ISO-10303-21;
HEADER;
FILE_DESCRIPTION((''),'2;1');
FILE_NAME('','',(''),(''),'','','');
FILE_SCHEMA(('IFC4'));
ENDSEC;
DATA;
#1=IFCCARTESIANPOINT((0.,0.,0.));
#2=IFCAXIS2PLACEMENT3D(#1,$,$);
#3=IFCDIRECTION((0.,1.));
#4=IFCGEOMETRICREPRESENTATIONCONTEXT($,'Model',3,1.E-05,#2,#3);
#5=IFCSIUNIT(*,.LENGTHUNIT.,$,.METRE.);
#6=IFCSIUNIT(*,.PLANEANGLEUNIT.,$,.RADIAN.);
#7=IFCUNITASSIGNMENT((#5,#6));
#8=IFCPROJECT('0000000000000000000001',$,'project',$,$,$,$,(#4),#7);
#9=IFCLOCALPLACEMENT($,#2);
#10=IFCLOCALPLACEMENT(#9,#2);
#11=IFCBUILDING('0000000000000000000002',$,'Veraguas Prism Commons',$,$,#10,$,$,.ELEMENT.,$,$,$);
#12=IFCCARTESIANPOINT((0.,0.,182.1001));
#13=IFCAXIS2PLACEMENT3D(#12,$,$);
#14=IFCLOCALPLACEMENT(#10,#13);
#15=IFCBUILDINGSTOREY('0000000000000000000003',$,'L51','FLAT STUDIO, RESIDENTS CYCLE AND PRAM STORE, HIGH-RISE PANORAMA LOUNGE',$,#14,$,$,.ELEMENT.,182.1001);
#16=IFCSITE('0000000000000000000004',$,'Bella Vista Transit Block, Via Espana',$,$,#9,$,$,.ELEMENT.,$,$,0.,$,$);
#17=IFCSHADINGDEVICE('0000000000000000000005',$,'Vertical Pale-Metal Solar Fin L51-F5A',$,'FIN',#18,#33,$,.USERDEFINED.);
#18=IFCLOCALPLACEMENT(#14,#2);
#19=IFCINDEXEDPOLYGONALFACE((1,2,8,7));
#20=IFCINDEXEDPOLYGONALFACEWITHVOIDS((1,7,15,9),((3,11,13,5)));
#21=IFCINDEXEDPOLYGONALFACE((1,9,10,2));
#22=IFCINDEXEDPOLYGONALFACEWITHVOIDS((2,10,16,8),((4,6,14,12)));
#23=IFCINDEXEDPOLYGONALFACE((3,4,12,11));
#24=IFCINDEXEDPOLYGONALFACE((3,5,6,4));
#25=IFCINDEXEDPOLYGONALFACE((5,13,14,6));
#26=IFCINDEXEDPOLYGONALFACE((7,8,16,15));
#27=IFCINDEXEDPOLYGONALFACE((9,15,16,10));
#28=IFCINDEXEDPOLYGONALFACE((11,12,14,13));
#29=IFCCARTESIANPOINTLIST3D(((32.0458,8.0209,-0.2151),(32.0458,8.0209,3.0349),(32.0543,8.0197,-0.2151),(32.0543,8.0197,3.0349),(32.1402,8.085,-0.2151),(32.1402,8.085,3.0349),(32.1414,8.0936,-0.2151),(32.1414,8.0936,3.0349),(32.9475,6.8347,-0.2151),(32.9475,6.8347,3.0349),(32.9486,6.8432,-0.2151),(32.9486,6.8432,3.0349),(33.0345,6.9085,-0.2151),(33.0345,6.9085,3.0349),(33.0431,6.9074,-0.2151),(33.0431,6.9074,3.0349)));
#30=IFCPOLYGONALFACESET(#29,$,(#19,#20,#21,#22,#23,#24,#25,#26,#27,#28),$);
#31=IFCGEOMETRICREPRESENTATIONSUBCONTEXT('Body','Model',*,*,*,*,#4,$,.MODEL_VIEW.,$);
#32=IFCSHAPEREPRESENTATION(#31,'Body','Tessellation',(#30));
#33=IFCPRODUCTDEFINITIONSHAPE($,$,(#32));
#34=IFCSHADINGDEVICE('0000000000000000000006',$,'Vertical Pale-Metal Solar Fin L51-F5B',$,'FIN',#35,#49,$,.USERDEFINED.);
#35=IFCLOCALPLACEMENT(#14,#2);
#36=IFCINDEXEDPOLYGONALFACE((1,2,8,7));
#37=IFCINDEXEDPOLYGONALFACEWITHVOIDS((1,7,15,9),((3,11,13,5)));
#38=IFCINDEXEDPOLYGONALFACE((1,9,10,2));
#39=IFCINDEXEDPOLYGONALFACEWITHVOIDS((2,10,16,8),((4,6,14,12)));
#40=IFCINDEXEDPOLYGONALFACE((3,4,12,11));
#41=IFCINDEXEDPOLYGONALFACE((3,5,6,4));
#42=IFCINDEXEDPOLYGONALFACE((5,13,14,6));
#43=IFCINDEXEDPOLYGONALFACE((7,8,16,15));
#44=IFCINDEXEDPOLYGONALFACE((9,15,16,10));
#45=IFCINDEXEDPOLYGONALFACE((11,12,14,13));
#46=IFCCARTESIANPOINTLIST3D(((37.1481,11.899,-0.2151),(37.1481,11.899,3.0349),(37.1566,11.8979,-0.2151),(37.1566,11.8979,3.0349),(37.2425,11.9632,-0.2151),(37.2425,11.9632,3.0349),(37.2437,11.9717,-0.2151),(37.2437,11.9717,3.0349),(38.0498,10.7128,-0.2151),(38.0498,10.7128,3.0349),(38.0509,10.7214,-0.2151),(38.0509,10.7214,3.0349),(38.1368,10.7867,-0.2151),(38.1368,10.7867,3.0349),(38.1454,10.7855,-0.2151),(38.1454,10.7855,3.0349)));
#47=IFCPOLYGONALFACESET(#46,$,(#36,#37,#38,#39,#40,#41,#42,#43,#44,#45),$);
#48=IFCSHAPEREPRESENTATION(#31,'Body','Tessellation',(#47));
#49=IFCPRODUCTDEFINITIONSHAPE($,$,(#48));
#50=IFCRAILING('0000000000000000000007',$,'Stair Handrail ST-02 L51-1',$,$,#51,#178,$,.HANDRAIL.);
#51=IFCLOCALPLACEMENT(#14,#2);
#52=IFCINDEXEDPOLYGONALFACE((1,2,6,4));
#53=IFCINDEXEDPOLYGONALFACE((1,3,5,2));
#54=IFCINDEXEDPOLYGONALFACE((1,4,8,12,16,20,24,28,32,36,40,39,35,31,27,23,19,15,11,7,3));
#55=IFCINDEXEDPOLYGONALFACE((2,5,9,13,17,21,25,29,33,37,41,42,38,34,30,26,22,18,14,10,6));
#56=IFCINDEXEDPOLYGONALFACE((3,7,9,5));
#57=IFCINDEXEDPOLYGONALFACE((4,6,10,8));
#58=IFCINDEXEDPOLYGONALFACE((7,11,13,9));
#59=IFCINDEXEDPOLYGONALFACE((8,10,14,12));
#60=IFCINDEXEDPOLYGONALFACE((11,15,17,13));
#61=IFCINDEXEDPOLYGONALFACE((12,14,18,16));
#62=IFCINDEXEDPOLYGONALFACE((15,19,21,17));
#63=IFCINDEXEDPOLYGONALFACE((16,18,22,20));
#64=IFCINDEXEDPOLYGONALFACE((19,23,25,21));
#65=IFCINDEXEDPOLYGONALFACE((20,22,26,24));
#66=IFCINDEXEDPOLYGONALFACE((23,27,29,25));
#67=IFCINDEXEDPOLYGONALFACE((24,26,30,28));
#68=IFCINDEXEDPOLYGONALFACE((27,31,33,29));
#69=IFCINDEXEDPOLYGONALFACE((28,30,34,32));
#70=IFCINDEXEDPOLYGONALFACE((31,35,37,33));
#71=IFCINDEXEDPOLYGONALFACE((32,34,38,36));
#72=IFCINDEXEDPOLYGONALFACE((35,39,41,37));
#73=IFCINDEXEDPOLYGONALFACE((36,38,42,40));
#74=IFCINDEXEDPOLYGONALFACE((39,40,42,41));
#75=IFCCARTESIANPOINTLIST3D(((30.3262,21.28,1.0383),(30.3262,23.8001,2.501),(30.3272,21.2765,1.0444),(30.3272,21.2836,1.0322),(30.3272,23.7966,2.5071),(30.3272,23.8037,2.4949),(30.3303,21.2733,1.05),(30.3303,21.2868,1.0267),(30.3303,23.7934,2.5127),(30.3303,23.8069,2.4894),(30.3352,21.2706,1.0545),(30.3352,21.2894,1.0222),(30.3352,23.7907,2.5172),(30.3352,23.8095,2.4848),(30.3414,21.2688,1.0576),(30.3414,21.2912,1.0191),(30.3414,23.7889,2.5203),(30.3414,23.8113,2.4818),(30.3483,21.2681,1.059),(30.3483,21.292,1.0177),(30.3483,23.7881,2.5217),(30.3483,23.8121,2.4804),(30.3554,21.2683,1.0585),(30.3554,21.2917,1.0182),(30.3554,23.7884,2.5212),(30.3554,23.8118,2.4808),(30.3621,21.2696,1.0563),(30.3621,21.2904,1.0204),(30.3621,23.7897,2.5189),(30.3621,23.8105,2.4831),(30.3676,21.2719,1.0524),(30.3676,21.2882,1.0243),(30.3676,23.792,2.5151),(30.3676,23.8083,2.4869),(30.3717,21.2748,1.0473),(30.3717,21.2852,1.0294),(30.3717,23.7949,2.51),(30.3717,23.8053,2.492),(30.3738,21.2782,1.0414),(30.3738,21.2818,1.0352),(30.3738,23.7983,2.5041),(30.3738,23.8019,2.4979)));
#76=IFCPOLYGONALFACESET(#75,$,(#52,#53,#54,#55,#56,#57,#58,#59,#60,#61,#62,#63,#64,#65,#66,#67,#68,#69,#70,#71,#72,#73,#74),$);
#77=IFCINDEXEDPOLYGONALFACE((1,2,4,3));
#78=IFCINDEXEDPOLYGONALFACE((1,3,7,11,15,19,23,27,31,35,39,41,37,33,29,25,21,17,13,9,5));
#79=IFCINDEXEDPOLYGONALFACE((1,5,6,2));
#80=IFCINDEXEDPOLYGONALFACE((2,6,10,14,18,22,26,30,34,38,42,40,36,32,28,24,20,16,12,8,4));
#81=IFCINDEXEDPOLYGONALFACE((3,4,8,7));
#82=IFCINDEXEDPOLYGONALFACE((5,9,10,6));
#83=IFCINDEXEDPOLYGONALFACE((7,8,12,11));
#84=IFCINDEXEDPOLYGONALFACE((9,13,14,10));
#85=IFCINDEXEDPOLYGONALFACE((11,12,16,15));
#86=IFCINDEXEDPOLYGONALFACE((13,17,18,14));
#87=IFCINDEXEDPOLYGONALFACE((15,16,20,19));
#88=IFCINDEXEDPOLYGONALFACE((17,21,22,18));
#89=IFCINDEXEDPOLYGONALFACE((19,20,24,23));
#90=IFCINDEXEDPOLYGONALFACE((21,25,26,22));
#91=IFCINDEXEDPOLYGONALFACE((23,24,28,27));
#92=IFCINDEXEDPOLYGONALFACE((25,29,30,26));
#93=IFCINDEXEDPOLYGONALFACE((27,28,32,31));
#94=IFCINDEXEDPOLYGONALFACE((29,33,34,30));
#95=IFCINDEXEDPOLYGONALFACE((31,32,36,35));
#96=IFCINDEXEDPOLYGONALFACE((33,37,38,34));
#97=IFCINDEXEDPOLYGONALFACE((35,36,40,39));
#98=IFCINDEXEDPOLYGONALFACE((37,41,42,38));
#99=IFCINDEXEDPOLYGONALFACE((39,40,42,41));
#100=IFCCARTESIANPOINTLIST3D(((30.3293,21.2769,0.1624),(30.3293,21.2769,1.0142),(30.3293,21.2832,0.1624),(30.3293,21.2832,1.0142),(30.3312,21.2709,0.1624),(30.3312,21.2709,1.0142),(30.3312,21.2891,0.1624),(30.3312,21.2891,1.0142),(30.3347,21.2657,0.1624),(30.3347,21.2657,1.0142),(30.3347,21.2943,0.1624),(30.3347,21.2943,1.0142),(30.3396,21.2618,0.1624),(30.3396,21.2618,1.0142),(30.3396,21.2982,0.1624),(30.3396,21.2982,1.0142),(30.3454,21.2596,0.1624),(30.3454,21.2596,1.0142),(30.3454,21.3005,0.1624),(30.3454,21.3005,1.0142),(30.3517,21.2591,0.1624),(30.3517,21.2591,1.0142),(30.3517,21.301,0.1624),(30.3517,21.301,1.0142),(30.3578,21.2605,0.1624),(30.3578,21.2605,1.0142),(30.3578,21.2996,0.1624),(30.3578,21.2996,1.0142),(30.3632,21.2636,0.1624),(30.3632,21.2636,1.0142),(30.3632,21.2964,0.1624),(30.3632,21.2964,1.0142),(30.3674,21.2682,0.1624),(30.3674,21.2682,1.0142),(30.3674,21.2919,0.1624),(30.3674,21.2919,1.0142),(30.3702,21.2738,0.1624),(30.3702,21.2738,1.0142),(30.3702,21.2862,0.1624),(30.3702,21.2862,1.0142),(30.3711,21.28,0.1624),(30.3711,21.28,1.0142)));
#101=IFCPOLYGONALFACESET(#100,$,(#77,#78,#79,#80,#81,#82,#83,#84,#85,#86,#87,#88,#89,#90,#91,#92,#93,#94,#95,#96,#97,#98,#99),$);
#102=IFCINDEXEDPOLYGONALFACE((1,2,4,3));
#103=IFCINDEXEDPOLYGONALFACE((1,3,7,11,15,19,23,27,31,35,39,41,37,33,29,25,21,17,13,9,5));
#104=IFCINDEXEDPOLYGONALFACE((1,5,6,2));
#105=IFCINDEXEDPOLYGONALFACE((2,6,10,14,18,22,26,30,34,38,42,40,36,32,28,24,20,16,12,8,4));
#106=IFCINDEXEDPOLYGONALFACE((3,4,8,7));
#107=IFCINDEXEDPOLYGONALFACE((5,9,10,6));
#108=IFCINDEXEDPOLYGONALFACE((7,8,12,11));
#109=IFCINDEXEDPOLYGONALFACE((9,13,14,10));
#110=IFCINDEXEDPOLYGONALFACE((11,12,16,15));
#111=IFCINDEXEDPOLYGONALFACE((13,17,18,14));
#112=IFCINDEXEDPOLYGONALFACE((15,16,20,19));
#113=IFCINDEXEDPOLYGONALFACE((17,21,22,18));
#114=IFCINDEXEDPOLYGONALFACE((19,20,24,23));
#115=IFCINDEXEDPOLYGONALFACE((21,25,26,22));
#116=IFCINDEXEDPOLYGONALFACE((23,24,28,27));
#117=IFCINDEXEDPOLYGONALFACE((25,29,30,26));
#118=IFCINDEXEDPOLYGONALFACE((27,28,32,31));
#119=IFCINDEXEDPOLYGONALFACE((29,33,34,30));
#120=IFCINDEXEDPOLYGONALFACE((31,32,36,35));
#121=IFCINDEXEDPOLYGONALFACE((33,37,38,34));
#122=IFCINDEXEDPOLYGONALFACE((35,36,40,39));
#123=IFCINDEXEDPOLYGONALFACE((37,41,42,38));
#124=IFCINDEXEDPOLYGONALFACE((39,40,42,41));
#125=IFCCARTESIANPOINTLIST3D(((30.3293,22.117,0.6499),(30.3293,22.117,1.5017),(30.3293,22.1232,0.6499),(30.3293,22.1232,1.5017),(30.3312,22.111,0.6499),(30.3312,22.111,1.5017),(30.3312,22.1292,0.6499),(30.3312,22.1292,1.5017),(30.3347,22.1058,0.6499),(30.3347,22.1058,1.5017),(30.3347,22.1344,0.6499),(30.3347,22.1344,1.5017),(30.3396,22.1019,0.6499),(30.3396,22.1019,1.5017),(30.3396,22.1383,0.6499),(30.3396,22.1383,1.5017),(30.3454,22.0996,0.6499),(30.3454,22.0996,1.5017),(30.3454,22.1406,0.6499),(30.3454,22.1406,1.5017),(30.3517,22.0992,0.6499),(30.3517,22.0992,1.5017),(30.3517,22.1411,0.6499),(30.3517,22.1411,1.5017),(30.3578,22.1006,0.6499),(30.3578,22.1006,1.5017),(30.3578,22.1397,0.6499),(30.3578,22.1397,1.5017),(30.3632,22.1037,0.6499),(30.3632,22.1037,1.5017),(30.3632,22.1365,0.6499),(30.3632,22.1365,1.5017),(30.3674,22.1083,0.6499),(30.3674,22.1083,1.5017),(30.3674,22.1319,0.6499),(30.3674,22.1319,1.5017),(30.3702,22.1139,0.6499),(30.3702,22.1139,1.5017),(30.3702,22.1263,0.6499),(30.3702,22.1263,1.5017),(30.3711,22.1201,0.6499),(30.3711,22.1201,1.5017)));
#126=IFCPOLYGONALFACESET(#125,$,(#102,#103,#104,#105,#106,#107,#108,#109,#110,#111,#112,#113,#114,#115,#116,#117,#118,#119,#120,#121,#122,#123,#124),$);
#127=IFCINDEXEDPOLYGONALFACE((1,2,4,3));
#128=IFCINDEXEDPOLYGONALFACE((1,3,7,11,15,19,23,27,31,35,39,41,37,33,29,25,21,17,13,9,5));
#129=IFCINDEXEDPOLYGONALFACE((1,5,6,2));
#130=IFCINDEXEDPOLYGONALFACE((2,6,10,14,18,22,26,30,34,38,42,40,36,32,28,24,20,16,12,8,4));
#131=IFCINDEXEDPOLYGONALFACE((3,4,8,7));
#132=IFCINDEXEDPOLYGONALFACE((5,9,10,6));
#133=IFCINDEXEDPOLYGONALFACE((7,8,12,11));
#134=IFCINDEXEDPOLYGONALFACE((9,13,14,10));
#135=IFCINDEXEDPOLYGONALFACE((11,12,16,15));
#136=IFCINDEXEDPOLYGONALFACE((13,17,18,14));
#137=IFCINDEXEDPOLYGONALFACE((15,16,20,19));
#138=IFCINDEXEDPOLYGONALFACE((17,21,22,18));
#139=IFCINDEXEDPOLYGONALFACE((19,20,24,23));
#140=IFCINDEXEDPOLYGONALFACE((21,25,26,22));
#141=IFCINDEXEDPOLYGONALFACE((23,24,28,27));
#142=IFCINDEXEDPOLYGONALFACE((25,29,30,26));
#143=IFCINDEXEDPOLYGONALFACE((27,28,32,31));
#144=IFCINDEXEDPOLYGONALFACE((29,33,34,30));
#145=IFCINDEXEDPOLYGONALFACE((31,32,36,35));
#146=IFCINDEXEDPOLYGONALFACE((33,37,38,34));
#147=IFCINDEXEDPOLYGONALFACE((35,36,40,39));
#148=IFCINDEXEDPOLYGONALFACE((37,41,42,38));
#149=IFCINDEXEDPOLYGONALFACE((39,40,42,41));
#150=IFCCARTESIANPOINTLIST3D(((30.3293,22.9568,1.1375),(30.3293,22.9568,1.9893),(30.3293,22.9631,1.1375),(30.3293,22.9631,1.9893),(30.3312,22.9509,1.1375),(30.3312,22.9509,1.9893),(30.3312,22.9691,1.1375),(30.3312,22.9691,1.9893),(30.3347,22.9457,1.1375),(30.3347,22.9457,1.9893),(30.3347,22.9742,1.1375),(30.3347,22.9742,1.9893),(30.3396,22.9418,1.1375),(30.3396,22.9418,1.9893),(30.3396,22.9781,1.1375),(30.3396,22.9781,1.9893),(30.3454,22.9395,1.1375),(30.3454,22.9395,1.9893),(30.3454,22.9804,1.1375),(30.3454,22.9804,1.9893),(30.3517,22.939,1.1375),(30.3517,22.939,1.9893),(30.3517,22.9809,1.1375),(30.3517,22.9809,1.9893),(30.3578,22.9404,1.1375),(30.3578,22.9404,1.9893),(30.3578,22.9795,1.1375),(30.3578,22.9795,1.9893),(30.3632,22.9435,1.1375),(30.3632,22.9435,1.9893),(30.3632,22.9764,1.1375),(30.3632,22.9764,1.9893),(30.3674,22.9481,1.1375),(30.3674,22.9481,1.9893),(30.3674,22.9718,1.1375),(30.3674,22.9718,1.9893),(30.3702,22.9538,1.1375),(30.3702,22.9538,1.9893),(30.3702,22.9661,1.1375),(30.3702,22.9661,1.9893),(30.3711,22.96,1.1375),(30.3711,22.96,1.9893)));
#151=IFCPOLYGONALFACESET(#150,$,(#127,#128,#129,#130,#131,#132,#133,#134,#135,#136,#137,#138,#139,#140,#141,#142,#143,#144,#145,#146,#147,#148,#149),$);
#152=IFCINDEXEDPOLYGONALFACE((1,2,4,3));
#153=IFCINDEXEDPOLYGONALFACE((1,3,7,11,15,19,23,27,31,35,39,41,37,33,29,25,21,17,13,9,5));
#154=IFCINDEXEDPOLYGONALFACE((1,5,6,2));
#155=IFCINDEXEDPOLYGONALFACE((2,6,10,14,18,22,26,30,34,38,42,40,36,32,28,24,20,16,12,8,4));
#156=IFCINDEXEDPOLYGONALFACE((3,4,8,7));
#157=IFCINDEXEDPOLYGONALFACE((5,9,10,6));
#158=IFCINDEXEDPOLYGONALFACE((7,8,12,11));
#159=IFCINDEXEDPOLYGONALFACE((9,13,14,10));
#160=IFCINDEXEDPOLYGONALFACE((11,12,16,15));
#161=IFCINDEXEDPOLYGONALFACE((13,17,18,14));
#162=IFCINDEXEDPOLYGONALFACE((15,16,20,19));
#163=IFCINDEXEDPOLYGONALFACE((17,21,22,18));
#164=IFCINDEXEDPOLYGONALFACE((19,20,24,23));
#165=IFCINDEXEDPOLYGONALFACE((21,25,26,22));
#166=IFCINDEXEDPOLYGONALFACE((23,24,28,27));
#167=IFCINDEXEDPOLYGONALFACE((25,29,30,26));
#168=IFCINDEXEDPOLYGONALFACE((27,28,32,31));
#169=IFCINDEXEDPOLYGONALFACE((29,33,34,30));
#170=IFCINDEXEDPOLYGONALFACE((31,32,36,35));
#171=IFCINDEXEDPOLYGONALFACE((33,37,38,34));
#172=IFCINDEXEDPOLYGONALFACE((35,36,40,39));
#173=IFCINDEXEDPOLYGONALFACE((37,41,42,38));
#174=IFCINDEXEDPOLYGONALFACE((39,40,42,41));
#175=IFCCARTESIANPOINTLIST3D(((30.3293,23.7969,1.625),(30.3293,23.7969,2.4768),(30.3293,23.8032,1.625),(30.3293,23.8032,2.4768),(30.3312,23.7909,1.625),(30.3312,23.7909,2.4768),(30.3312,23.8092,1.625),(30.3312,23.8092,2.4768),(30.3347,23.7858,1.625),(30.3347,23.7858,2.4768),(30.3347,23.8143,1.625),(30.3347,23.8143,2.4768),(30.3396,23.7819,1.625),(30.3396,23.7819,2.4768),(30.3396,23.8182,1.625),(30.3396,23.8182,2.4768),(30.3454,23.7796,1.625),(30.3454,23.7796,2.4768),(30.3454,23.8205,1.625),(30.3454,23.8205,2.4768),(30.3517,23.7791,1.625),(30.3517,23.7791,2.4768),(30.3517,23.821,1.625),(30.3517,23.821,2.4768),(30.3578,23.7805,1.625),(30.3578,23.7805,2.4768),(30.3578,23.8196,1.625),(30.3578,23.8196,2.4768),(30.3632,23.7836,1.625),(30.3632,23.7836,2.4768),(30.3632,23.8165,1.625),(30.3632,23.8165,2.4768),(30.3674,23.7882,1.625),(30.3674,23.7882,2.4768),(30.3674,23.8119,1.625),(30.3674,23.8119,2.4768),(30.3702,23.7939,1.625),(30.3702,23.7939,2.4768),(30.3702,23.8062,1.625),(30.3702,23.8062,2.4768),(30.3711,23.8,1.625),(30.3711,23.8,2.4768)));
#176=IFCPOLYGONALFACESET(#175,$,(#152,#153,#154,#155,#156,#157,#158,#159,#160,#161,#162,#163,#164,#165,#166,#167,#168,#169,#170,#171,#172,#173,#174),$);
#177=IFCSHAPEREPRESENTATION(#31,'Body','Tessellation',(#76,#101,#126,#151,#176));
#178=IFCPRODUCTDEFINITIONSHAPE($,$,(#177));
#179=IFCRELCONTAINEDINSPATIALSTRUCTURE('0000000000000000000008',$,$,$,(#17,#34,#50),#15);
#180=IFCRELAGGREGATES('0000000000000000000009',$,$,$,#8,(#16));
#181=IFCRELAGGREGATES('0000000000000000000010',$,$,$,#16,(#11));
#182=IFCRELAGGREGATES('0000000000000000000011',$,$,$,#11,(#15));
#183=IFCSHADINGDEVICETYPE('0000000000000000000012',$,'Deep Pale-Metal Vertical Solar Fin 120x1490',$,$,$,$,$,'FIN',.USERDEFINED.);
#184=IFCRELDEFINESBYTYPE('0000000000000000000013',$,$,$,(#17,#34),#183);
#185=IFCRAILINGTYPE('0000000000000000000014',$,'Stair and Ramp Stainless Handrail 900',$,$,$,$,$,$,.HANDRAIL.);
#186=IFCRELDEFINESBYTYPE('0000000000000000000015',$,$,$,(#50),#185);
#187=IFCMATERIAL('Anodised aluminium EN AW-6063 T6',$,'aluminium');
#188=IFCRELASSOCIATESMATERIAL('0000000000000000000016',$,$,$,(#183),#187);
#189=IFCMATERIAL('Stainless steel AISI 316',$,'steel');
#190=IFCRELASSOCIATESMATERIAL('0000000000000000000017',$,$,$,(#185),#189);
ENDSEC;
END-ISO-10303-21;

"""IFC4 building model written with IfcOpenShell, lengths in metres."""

from ifc_helpers import new_model, si_unit, direction, frame, origin, origin_2d, place, context, subcontext, project, spatial, hollow_rectangle, circle, extrude, material, material_profile, profile_set, type_object, element, save


model = new_model("IFC4")

# Units and contexts
model_context = context("Model", 3, precision=1e-05, world=origin(), true_north=direction((0.0, 1.0)))
body_context = subcontext(model_context, "Body", "Model", "MODEL_VIEW")
ifc_project = project(units=[si_unit("LENGTHUNIT", "METRE"), si_unit("PLANEANGLEUNIT", "RADIAN")], contexts=[model_context])

# Site, building, storey
site_placement = place(None, origin())
site = spatial("IfcSite", under=ifc_project, at=site_placement, Name="Bella Vista Transit Block, Via Espana", CompositionType="ELEMENT", RefElevation=0.0)
building_placement = place(site_placement, origin())
building = spatial("IfcBuilding", under=site, at=building_placement, Name="Veraguas Prism Commons", CompositionType="ELEMENT")
storey_placement = place(building_placement, frame((0.0, 0.0, 182.1001)))
storey = spatial("IfcBuildingStorey", under=building, at=storey_placement, Name="L51", Description="FLAT STUDIO, RESIDENTS CYCLE AND PRAM STORE, HIGH-RISE PANORAMA LOUNGE", CompositionType="ELEMENT", Elevation=182.1001)

# Shared definitions
ifc_material_1 = material(Name="Anodised aluminium EN AW-6063 T6", Category="aluminium")

# Shading devices
ifc_material_profile_1 = material_profile(ifc_material_1, hollow_rectangle(XDim=0.1201, YDim=1.49, WallThickness=0.0061, at=origin_2d()), Name="FIN120X1490X6")
ifc_profile_set_1 = profile_set([ifc_material_profile_1], Name="Anodised aluminium EN AW-6063 T6")
shading_device_type = type_object("IfcShadingDeviceType", Name="Deep Pale-Metal Vertical Solar Fin 120x1490", ElementType="FIN", PredefinedType="USERDEFINED", material=ifc_profile_set_1)
for number, where, z_axis, x_axis, name in (
    (1, (32.5444, 7.4641, -0.2151), (0.0, 0.0, 1.0), (0.796107, 0.605156, 0.0), "Vertical Pale-Metal Solar Fin L51-F5A"),
    (2, (37.6467, 11.3423, -0.2151), (0.0, 0.0, 1.0), (0.796107, 0.605156, 0.0), "Vertical Pale-Metal Solar Fin L51-F5B"),
):
    element("IfcShadingDevice", number, at=place(storey_placement, frame(where, z_axis=z_axis, x_axis=x_axis)), inside=storey, type_object=shading_device_type, Name=name, ObjectType="FIN", PredefinedType="USERDEFINED", context=body_context, shape_type="SweptSolid", body=[
        extrude(hollow_rectangle(XDim=0.1201, YDim=1.49, WallThickness=0.0061, at=origin_2d()), origin(), (0.0, 0.0, 1.0), 3.25),
    ])

# Railing
ifc_material_2 = material(Name="Stainless steel AISI 316", Category="steel")
railing_type = type_object("IfcRailingType", Name="Stair and Ramp Stainless Handrail 900", PredefinedType="HANDRAIL", material=ifc_material_2)
railing_placement = place(storey_placement, frame((30.3501, 21.28, 0.1624)))
element("IfcRailing", 3, at=railing_placement, inside=storey, type_object=railing_type, Name="Stair Handrail ST-02 L51-1", PredefinedType="HANDRAIL", context=body_context, shape_type="SweptSolid", body=[
    extrude(circle(Radius=0.0239, at=origin_2d()), frame((0.0, 0.0, 0.876), z_axis=(0.0, 0.864877, 0.501984), x_axis=(-1.0, 0.0, 0.0)), (0.0, 0.0, 1.0), 2.9138),
    extrude(circle(Radius=0.021, at=origin_2d()), origin(), (0.0, 0.0, 1.0), 0.8518),
    extrude(circle(Radius=0.021, at=origin_2d()), frame((0.0, 0.8401, 0.4875)), (0.0, 0.0, 1.0), 0.8518),
    extrude(circle(Radius=0.021, at=origin_2d()), frame((0.0, 1.6799, 0.9751)), (0.0, 0.0, 1.0), 0.8518),
    extrude(circle(Radius=0.021, at=origin_2d()), frame((0.0, 2.52, 1.4626)), (0.0, 0.0, 1.0), 0.8518),
])

save(model, "model.ifc")
